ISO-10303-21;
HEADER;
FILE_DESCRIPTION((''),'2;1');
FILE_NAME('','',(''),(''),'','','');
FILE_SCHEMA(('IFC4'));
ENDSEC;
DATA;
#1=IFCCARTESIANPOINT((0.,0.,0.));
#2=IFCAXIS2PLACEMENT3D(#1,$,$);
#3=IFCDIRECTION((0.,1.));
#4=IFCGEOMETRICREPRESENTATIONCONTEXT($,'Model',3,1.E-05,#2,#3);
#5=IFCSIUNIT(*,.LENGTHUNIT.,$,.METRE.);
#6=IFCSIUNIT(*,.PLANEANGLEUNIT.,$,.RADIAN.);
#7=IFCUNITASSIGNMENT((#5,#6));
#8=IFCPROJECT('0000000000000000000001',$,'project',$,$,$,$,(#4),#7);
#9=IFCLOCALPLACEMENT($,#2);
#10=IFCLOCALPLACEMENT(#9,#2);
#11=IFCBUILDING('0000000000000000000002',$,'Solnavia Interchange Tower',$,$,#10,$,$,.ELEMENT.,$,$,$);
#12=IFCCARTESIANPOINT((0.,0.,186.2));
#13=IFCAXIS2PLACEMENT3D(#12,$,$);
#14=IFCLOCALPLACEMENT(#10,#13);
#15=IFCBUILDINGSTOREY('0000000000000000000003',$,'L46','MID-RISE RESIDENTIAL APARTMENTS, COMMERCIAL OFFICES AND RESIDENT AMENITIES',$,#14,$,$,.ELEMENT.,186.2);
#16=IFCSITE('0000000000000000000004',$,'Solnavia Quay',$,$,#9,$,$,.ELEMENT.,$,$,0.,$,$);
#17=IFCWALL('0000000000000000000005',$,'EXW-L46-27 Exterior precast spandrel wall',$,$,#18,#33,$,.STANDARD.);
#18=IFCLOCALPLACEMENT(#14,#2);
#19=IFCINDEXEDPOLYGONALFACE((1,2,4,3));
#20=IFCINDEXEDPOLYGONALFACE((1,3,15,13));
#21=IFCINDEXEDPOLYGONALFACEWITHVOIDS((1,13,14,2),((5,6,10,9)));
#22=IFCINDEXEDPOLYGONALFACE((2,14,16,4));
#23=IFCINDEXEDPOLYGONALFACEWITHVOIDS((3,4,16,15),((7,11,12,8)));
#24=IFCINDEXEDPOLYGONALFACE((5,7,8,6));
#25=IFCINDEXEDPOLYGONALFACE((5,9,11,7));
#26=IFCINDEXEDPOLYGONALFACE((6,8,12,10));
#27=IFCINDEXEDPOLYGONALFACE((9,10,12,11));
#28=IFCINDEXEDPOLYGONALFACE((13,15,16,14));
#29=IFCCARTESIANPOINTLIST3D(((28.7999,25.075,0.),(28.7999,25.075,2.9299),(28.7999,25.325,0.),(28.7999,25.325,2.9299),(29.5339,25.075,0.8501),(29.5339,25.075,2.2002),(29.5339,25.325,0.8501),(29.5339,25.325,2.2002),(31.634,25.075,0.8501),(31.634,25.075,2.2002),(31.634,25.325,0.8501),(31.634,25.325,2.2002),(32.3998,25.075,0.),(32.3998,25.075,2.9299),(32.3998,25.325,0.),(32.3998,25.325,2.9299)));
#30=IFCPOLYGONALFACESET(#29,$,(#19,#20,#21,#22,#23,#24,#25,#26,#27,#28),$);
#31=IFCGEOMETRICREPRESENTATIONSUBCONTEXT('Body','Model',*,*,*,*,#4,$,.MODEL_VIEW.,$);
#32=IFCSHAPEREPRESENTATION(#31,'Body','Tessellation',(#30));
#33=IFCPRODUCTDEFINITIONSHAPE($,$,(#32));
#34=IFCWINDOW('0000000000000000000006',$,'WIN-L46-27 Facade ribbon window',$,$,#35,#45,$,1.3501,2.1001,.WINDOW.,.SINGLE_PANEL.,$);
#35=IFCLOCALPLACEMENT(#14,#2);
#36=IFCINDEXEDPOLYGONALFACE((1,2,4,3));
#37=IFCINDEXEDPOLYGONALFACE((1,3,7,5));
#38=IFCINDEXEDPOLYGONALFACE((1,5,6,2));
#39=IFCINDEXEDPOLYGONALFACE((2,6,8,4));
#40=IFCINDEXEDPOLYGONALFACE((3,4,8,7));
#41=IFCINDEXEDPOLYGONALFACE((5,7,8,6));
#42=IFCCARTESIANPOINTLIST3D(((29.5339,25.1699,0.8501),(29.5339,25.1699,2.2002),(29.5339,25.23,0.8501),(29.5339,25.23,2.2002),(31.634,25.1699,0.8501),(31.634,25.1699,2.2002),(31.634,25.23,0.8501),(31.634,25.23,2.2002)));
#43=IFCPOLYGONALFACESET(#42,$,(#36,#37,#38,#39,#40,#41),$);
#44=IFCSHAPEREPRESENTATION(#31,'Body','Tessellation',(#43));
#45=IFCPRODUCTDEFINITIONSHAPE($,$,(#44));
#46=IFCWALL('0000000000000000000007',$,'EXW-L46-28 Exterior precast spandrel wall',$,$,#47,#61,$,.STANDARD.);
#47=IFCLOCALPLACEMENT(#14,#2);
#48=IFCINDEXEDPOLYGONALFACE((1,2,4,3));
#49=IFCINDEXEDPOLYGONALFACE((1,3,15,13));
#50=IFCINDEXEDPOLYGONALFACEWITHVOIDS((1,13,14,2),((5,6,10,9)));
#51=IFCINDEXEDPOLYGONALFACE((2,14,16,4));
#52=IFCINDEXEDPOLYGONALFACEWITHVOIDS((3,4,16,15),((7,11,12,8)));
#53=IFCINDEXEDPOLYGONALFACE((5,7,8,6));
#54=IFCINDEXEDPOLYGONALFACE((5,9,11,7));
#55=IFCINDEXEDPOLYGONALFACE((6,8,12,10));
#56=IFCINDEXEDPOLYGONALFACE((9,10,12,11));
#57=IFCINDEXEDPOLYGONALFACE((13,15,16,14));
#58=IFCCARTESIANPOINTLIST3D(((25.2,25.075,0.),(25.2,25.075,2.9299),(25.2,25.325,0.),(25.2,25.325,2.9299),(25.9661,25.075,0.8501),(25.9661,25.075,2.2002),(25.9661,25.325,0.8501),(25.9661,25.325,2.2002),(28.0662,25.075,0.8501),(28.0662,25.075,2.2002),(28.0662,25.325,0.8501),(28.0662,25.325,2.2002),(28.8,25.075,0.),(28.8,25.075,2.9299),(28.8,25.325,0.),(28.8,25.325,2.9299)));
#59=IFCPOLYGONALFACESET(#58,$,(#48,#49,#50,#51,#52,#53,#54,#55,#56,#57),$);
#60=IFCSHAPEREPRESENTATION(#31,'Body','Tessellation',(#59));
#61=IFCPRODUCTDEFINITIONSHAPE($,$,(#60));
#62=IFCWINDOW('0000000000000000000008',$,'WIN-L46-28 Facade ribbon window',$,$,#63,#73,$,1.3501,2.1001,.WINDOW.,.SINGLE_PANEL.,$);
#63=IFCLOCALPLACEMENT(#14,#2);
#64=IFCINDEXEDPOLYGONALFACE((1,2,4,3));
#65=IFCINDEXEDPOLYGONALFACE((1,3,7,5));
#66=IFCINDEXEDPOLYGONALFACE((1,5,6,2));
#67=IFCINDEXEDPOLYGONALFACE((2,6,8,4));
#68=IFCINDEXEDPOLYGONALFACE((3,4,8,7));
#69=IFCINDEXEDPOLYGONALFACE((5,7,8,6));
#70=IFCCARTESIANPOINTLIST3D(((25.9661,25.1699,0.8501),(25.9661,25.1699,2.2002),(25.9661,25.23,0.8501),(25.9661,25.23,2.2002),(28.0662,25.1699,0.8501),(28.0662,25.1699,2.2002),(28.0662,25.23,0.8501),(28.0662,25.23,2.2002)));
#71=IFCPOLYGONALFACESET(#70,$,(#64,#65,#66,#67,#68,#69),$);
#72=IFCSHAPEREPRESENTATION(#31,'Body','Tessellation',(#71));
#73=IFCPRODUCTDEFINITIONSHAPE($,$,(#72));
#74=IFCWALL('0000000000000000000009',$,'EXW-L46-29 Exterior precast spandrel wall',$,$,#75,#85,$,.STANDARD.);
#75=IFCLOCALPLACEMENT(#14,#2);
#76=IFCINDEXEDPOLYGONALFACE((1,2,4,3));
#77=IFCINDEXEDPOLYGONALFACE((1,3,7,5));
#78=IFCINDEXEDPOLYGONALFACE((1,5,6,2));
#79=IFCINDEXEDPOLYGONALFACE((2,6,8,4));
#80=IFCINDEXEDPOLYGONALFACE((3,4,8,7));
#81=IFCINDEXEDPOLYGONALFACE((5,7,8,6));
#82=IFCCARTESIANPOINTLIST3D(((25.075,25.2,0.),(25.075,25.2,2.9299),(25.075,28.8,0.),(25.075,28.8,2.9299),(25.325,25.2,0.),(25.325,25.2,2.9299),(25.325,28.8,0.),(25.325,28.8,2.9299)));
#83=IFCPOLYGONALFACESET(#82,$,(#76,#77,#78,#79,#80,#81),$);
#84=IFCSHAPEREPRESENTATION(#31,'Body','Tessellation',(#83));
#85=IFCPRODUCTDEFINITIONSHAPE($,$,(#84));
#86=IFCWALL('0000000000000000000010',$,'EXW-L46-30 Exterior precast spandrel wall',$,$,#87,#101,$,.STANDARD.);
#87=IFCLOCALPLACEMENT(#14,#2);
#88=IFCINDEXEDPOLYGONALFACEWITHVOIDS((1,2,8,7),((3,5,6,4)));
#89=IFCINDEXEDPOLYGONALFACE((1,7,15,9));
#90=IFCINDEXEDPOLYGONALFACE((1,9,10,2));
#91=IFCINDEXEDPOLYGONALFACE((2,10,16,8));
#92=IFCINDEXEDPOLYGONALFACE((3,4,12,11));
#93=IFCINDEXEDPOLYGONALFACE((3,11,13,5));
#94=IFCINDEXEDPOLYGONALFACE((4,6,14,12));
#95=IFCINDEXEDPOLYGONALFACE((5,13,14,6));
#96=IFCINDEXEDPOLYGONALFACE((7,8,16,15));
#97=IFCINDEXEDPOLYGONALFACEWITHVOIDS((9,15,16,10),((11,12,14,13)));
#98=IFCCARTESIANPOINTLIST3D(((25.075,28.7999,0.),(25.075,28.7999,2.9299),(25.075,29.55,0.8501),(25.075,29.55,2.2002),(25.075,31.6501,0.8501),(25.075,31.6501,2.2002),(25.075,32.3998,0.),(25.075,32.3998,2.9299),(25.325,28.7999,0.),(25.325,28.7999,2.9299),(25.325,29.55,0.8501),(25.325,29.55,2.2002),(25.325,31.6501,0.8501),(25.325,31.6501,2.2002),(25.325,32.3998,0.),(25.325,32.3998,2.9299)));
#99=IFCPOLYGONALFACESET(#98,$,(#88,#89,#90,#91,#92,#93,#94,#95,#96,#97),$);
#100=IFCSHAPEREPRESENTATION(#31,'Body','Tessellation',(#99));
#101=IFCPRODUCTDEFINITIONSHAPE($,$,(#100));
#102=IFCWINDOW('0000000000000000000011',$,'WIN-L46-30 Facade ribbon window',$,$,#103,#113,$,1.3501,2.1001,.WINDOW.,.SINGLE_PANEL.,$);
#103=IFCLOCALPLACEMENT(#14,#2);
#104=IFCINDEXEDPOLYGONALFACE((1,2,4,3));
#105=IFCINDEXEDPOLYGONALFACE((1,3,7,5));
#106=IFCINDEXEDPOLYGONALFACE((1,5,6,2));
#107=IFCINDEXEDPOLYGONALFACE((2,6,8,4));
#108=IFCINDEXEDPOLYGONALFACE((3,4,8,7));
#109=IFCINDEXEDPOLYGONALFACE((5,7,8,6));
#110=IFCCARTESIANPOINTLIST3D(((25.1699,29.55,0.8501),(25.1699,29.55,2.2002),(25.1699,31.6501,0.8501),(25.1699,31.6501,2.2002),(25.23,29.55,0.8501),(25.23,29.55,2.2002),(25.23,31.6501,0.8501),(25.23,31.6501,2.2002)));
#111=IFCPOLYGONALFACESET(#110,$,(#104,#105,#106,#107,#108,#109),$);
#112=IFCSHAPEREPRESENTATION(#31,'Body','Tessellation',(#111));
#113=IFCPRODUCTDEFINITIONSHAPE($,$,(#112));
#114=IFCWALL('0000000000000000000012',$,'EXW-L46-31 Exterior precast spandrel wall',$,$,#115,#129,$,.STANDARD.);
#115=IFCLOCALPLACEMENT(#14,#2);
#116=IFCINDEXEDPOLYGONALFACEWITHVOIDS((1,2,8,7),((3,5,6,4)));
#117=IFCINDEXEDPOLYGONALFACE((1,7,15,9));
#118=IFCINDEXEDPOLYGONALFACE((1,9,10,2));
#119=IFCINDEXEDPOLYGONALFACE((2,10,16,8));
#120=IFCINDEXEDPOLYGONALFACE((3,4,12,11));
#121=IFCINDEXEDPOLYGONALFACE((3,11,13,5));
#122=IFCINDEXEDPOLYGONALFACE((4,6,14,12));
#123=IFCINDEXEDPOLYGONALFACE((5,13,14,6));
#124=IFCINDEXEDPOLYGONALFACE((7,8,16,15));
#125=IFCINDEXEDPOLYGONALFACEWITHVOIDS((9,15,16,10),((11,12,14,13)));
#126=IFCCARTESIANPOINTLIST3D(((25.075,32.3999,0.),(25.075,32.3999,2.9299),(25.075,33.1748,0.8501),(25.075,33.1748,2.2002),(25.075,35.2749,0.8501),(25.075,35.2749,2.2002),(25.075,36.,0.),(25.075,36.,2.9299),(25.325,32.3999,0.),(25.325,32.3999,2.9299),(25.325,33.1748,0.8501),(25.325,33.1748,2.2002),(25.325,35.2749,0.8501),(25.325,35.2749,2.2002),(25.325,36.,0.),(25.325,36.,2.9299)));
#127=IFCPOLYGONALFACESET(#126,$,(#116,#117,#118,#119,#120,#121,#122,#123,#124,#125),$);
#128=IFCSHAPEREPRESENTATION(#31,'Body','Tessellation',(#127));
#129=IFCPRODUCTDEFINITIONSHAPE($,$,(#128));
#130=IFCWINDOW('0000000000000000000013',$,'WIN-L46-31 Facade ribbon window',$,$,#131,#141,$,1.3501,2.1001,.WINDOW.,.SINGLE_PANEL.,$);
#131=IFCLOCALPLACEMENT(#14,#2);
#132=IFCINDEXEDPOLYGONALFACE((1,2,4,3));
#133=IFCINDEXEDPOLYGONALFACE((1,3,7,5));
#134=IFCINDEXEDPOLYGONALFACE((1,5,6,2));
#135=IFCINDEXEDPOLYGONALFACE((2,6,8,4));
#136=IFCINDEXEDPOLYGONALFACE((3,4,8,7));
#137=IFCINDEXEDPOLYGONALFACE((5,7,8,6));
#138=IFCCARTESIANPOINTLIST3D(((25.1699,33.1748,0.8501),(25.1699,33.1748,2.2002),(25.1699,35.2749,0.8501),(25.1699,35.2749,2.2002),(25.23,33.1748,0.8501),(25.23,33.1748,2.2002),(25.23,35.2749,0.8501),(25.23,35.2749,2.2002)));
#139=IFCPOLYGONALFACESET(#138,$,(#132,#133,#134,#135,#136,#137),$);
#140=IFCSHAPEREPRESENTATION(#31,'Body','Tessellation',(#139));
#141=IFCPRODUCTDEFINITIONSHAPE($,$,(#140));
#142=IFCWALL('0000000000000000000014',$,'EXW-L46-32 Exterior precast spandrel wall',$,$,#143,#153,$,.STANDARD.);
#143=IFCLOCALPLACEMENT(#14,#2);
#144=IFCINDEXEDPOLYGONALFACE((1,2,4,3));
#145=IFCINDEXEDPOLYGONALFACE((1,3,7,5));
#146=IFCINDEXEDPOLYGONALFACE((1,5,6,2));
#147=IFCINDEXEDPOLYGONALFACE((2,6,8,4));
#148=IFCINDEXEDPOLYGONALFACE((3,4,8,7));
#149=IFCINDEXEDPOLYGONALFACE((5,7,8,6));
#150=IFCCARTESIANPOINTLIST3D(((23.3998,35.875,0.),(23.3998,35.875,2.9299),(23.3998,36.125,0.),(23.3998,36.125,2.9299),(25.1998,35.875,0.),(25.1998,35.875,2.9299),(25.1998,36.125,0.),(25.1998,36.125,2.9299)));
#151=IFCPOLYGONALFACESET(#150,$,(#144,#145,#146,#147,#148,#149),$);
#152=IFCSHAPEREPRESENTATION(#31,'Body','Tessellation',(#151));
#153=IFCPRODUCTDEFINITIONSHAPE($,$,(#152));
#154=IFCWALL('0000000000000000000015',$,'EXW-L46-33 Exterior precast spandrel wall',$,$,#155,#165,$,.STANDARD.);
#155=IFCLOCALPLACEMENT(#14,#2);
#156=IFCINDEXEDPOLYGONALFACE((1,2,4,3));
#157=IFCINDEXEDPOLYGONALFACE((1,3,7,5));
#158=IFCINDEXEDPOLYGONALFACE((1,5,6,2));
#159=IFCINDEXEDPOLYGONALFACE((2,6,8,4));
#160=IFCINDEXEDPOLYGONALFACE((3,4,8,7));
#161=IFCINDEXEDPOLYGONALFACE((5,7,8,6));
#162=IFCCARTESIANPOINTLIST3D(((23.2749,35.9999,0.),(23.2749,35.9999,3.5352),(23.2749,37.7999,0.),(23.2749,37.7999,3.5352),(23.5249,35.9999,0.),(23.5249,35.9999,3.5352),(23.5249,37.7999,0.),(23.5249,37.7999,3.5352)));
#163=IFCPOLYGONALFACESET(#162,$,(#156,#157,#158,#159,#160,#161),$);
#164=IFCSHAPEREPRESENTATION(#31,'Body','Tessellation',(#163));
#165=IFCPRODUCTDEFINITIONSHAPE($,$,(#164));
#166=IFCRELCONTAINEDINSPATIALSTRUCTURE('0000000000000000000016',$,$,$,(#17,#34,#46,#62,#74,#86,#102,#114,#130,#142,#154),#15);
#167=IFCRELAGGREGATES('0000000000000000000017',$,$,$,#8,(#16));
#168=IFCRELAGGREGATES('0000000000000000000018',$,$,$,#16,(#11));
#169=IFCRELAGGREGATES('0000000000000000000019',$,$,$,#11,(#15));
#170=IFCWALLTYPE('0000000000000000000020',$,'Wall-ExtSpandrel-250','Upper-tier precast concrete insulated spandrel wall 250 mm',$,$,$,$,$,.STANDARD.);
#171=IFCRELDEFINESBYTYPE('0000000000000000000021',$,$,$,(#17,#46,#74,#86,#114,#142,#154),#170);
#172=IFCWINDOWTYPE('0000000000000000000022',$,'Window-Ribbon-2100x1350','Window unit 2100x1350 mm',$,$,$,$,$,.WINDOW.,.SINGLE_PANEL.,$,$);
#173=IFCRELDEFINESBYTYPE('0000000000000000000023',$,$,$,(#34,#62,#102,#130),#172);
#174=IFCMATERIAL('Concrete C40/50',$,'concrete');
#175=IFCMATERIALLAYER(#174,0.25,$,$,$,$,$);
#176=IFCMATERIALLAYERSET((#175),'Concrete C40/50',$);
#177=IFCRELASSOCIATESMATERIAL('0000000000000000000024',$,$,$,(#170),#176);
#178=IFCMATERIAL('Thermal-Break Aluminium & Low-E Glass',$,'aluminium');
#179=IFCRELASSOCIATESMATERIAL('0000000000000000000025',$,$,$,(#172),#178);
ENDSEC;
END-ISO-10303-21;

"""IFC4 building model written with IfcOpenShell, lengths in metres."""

from ifc_helpers import new_model, si_unit, direction, frame, frame_2d, origin, place, context, subcontext, project, spatial, rectangle, extrude, material, layer, layer_set, type_object, element, fill, save


model = new_model("IFC4")

# Units and contexts
model_context = context("Model", 3, precision=1e-05, world=origin(), true_north=direction((0.0, 1.0)))
body_context = subcontext(model_context, "Body", "Model", "MODEL_VIEW")
ifc_project = project(units=[si_unit("LENGTHUNIT", "METRE"), si_unit("PLANEANGLEUNIT", "RADIAN")], contexts=[model_context])

# Site, building, storey
site_placement = place(None, origin())
site = spatial("IfcSite", under=ifc_project, at=site_placement, Name="Solnavia Quay", CompositionType="ELEMENT", RefElevation=0.0)
building_placement = place(site_placement, origin())
building = spatial("IfcBuilding", under=site, at=building_placement, Name="Solnavia Interchange Tower", CompositionType="ELEMENT")
storey_placement = place(building_placement, frame((0.0, 0.0, 186.2)))
storey = spatial("IfcBuildingStorey", under=building, at=storey_placement, Name="L46", Description="MID-RISE RESIDENTIAL APARTMENTS, COMMERCIAL OFFICES AND RESIDENT AMENITIES", CompositionType="ELEMENT", Elevation=186.2)

# Shared definitions
ifc_material_1 = material(Name="Concrete C40/50", Category="concrete")
ifc_layer = layer(ifc_material_1, 0.25)
ifc_layer_set = layer_set([ifc_layer], Name="Concrete C40/50")
wall_type = type_object("IfcWallType", Name="Wall-ExtSpandrel-250", Description="Upper-tier precast concrete insulated spandrel wall 250 mm", PredefinedType="STANDARD", material=ifc_layer_set)

# Walls, openings, windows
wall_1_placement = place(storey_placement, frame((28.8, 25.2, 0.0), z_axis=(0.0, 0.0, 1.0), x_axis=(1.0, 0.0, 0.0)))
wall_1 = element("IfcWall", 1, at=wall_1_placement, inside=storey, type_object=wall_type, Name="EXW-L46-27 Exterior precast spandrel wall", PredefinedType="STANDARD", context=body_context, shape_type="SweptSolid", body=[
    extrude(rectangle(XDim=3.5999, YDim=0.25, at=frame_2d((1.7998, 0.0))), origin(), (0.0, 0.0, 1.0), 2.9299),
])
opening_1_placement = place(wall_1_placement, frame((0.7339, 0.0, 0.8501)))
opening_1 = element("IfcOpeningElement", 2, at=opening_1_placement, cuts=wall_1, PredefinedType="OPENING", context=body_context, shape_type="SweptSolid", body=[
    extrude(rectangle(XDim=2.1001, YDim=1.3501, at=frame_2d((1.05, 0.675))), frame((0.0, 0.135, 0.0), z_axis=(0.0, -1.0, 0.0), x_axis=(1.0, 0.0, 0.0)), (0.0, 0.0, 1.0), 0.27),
])
ifc_material_2 = material(Name="Thermal-Break Aluminium & Low-E Glass", Category="aluminium")
window_type = type_object("IfcWindowType", Name="Window-Ribbon-2100x1350", Description="Window unit 2100x1350 mm", PartitioningType="SINGLE_PANEL", PredefinedType="WINDOW", material=ifc_material_2)
window_1_placement = place(opening_1_placement, origin())
window_1 = element("IfcWindow", 3, at=window_1_placement, inside=storey, type_object=window_type, Name="WIN-L46-27 Facade ribbon window", OverallHeight=1.3501, OverallWidth=2.1001, PartitioningType="SINGLE_PANEL", PredefinedType="WINDOW", context=body_context, shape_type="SweptSolid", body=[
    extrude(rectangle(XDim=2.1001, YDim=1.3501, at=frame_2d((1.05, 0.675))), frame((0.0, 0.03, 0.0), z_axis=(0.0, -1.0, 0.0), x_axis=(1.0, 0.0, 0.0)), (0.0, 0.0, 1.0), 0.0601),
])
fill(opening_1, window_1)
wall_2_placement = place(storey_placement, frame((25.2, 25.2, 0.0), z_axis=(0.0, 0.0, 1.0), x_axis=(1.0, 0.0, 0.0)))
wall_2 = element("IfcWall", 4, at=wall_2_placement, inside=storey, type_object=wall_type, Name="EXW-L46-28 Exterior precast spandrel wall", PredefinedType="STANDARD", context=body_context, shape_type="SweptSolid", body=[
    extrude(rectangle(XDim=3.6001, YDim=0.25, at=frame_2d((1.8, 0.0))), origin(), (0.0, 0.0, 1.0), 2.9299),
])
opening_2_placement = place(wall_2_placement, frame((0.7661, 0.0, 0.8501)))
opening_2 = element("IfcOpeningElement", 5, at=opening_2_placement, cuts=wall_2, PredefinedType="OPENING", context=body_context, shape_type="SweptSolid", body=[
    extrude(rectangle(XDim=2.1001, YDim=1.3501, at=frame_2d((1.05, 0.675))), frame((0.0, 0.135, 0.0), z_axis=(0.0, -1.0, 0.0), x_axis=(1.0, 0.0, 0.0)), (0.0, 0.0, 1.0), 0.27),
])
window_2_placement = place(opening_2_placement, origin())
window_2 = element("IfcWindow", 6, at=window_2_placement, inside=storey, type_object=window_type, Name="WIN-L46-28 Facade ribbon window", OverallHeight=1.3501, OverallWidth=2.1001, PartitioningType="SINGLE_PANEL", PredefinedType="WINDOW", context=body_context, shape_type="SweptSolid", body=[
    extrude(rectangle(XDim=2.1001, YDim=1.3501, at=frame_2d((1.05, 0.675))), frame((0.0, 0.03, 0.0), z_axis=(0.0, -1.0, 0.0), x_axis=(1.0, 0.0, 0.0)), (0.0, 0.0, 1.0), 0.0601),
])
fill(opening_2, window_2)

# Wall
wall_3_placement = place(storey_placement, frame((25.2, 25.2, 0.0), z_axis=(0.0, 0.0, 1.0), x_axis=(0.0, 1.0, 0.0)))
element("IfcWall", 7, at=wall_3_placement, inside=storey, type_object=wall_type, Name="EXW-L46-29 Exterior precast spandrel wall", PredefinedType="STANDARD", context=body_context, shape_type="SweptSolid", body=[
    extrude(rectangle(XDim=3.6001, YDim=0.25, at=frame_2d((1.8, 0.0))), origin(), (0.0, 0.0, 1.0), 2.9299),
])

# Walls, openings, windows
wall_4_placement = place(storey_placement, frame((25.2, 28.8, 0.0), z_axis=(0.0, 0.0, 1.0), x_axis=(0.0, 1.0, 0.0)))
wall_4 = element("IfcWall", 8, at=wall_4_placement, inside=storey, type_object=wall_type, Name="EXW-L46-30 Exterior precast spandrel wall", PredefinedType="STANDARD", context=body_context, shape_type="SweptSolid", body=[
    extrude(rectangle(XDim=3.5999, YDim=0.25, at=frame_2d((1.7998, 0.0))), origin(), (0.0, 0.0, 1.0), 2.9299),
])
opening_3_placement = place(wall_4_placement, frame((0.75, 0.0, 0.8501)))
opening_3 = element("IfcOpeningElement", 9, at=opening_3_placement, cuts=wall_4, PredefinedType="OPENING", context=body_context, shape_type="SweptSolid", body=[
    extrude(rectangle(XDim=2.1001, YDim=1.3501, at=frame_2d((1.05, 0.675))), frame((0.0, 0.135, 0.0), z_axis=(0.0, -1.0, 0.0), x_axis=(1.0, 0.0, 0.0)), (0.0, 0.0, 1.0), 0.27),
])
window_3_placement = place(opening_3_placement, origin())
window_3 = element("IfcWindow", 10, at=window_3_placement, inside=storey, type_object=window_type, Name="WIN-L46-30 Facade ribbon window", OverallHeight=1.3501, OverallWidth=2.1001, PartitioningType="SINGLE_PANEL", PredefinedType="WINDOW", context=body_context, shape_type="SweptSolid", body=[
    extrude(rectangle(XDim=2.1001, YDim=1.3501, at=frame_2d((1.05, 0.675))), frame((0.0, 0.03, 0.0), z_axis=(0.0, -1.0, 0.0), x_axis=(1.0, 0.0, 0.0)), (0.0, 0.0, 1.0), 0.0601),
])
fill(opening_3, window_3)
wall_5_placement = place(storey_placement, frame((25.2, 32.3999, 0.0), z_axis=(0.0, 0.0, 1.0), x_axis=(0.0, 1.0, 0.0)))
wall_5 = element("IfcWall", 11, at=wall_5_placement, inside=storey, type_object=wall_type, Name="EXW-L46-31 Exterior precast spandrel wall", PredefinedType="STANDARD", context=body_context, shape_type="SweptSolid", body=[
    extrude(rectangle(XDim=3.6001, YDim=0.25, at=frame_2d((1.8, 0.0))), origin(), (0.0, 0.0, 1.0), 2.9299),
])
opening_4_placement = place(wall_5_placement, frame((0.7749, 0.0, 0.8501)))
opening_4 = element("IfcOpeningElement", 12, at=opening_4_placement, cuts=wall_5, PredefinedType="OPENING", context=body_context, shape_type="SweptSolid", body=[
    extrude(rectangle(XDim=2.1001, YDim=1.3501, at=frame_2d((1.05, 0.675))), frame((0.0, 0.135, 0.0), z_axis=(0.0, -1.0, 0.0), x_axis=(1.0, 0.0, 0.0)), (0.0, 0.0, 1.0), 0.27),
])
window_4_placement = place(opening_4_placement, origin())
window_4 = element("IfcWindow", 13, at=window_4_placement, inside=storey, type_object=window_type, Name="WIN-L46-31 Facade ribbon window", OverallHeight=1.3501, OverallWidth=2.1001, PartitioningType="SINGLE_PANEL", PredefinedType="WINDOW", context=body_context, shape_type="SweptSolid", body=[
    extrude(rectangle(XDim=2.1001, YDim=1.3501, at=frame_2d((1.05, 0.675))), frame((0.0, 0.03, 0.0), z_axis=(0.0, -1.0, 0.0), x_axis=(1.0, 0.0, 0.0)), (0.0, 0.0, 1.0), 0.0601),
])
fill(opening_4, window_4)

# Walls
wall_6_placement = place(storey_placement, frame((23.3999, 36.0, 0.0), z_axis=(0.0, 0.0, 1.0), x_axis=(1.0, 0.0, 0.0)))
element("IfcWall", 14, at=wall_6_placement, inside=storey, type_object=wall_type, Name="EXW-L46-32 Exterior precast spandrel wall", PredefinedType="STANDARD", context=body_context, shape_type="SweptSolid", body=[
    extrude(rectangle(XDim=1.8, YDim=0.25, at=frame_2d((0.8999, 0.0))), origin(), (0.0, 0.0, 1.0), 2.9299),
])
wall_7_placement = place(storey_placement, frame((23.3999, 36.0, 0.0), z_axis=(0.0, 0.0, 1.0), x_axis=(0.0, 1.0, 0.0)))
element("IfcWall", 15, at=wall_7_placement, inside=storey, type_object=wall_type, Name="EXW-L46-33 Exterior precast spandrel wall", PredefinedType="STANDARD", context=body_context, shape_type="SweptSolid", body=[
    extrude(rectangle(XDim=1.8, YDim=0.25, at=frame_2d((0.8999, 0.0))), origin(), (0.0, 0.0, 1.0), 3.5352),
])

save(model, "model.ifc")
